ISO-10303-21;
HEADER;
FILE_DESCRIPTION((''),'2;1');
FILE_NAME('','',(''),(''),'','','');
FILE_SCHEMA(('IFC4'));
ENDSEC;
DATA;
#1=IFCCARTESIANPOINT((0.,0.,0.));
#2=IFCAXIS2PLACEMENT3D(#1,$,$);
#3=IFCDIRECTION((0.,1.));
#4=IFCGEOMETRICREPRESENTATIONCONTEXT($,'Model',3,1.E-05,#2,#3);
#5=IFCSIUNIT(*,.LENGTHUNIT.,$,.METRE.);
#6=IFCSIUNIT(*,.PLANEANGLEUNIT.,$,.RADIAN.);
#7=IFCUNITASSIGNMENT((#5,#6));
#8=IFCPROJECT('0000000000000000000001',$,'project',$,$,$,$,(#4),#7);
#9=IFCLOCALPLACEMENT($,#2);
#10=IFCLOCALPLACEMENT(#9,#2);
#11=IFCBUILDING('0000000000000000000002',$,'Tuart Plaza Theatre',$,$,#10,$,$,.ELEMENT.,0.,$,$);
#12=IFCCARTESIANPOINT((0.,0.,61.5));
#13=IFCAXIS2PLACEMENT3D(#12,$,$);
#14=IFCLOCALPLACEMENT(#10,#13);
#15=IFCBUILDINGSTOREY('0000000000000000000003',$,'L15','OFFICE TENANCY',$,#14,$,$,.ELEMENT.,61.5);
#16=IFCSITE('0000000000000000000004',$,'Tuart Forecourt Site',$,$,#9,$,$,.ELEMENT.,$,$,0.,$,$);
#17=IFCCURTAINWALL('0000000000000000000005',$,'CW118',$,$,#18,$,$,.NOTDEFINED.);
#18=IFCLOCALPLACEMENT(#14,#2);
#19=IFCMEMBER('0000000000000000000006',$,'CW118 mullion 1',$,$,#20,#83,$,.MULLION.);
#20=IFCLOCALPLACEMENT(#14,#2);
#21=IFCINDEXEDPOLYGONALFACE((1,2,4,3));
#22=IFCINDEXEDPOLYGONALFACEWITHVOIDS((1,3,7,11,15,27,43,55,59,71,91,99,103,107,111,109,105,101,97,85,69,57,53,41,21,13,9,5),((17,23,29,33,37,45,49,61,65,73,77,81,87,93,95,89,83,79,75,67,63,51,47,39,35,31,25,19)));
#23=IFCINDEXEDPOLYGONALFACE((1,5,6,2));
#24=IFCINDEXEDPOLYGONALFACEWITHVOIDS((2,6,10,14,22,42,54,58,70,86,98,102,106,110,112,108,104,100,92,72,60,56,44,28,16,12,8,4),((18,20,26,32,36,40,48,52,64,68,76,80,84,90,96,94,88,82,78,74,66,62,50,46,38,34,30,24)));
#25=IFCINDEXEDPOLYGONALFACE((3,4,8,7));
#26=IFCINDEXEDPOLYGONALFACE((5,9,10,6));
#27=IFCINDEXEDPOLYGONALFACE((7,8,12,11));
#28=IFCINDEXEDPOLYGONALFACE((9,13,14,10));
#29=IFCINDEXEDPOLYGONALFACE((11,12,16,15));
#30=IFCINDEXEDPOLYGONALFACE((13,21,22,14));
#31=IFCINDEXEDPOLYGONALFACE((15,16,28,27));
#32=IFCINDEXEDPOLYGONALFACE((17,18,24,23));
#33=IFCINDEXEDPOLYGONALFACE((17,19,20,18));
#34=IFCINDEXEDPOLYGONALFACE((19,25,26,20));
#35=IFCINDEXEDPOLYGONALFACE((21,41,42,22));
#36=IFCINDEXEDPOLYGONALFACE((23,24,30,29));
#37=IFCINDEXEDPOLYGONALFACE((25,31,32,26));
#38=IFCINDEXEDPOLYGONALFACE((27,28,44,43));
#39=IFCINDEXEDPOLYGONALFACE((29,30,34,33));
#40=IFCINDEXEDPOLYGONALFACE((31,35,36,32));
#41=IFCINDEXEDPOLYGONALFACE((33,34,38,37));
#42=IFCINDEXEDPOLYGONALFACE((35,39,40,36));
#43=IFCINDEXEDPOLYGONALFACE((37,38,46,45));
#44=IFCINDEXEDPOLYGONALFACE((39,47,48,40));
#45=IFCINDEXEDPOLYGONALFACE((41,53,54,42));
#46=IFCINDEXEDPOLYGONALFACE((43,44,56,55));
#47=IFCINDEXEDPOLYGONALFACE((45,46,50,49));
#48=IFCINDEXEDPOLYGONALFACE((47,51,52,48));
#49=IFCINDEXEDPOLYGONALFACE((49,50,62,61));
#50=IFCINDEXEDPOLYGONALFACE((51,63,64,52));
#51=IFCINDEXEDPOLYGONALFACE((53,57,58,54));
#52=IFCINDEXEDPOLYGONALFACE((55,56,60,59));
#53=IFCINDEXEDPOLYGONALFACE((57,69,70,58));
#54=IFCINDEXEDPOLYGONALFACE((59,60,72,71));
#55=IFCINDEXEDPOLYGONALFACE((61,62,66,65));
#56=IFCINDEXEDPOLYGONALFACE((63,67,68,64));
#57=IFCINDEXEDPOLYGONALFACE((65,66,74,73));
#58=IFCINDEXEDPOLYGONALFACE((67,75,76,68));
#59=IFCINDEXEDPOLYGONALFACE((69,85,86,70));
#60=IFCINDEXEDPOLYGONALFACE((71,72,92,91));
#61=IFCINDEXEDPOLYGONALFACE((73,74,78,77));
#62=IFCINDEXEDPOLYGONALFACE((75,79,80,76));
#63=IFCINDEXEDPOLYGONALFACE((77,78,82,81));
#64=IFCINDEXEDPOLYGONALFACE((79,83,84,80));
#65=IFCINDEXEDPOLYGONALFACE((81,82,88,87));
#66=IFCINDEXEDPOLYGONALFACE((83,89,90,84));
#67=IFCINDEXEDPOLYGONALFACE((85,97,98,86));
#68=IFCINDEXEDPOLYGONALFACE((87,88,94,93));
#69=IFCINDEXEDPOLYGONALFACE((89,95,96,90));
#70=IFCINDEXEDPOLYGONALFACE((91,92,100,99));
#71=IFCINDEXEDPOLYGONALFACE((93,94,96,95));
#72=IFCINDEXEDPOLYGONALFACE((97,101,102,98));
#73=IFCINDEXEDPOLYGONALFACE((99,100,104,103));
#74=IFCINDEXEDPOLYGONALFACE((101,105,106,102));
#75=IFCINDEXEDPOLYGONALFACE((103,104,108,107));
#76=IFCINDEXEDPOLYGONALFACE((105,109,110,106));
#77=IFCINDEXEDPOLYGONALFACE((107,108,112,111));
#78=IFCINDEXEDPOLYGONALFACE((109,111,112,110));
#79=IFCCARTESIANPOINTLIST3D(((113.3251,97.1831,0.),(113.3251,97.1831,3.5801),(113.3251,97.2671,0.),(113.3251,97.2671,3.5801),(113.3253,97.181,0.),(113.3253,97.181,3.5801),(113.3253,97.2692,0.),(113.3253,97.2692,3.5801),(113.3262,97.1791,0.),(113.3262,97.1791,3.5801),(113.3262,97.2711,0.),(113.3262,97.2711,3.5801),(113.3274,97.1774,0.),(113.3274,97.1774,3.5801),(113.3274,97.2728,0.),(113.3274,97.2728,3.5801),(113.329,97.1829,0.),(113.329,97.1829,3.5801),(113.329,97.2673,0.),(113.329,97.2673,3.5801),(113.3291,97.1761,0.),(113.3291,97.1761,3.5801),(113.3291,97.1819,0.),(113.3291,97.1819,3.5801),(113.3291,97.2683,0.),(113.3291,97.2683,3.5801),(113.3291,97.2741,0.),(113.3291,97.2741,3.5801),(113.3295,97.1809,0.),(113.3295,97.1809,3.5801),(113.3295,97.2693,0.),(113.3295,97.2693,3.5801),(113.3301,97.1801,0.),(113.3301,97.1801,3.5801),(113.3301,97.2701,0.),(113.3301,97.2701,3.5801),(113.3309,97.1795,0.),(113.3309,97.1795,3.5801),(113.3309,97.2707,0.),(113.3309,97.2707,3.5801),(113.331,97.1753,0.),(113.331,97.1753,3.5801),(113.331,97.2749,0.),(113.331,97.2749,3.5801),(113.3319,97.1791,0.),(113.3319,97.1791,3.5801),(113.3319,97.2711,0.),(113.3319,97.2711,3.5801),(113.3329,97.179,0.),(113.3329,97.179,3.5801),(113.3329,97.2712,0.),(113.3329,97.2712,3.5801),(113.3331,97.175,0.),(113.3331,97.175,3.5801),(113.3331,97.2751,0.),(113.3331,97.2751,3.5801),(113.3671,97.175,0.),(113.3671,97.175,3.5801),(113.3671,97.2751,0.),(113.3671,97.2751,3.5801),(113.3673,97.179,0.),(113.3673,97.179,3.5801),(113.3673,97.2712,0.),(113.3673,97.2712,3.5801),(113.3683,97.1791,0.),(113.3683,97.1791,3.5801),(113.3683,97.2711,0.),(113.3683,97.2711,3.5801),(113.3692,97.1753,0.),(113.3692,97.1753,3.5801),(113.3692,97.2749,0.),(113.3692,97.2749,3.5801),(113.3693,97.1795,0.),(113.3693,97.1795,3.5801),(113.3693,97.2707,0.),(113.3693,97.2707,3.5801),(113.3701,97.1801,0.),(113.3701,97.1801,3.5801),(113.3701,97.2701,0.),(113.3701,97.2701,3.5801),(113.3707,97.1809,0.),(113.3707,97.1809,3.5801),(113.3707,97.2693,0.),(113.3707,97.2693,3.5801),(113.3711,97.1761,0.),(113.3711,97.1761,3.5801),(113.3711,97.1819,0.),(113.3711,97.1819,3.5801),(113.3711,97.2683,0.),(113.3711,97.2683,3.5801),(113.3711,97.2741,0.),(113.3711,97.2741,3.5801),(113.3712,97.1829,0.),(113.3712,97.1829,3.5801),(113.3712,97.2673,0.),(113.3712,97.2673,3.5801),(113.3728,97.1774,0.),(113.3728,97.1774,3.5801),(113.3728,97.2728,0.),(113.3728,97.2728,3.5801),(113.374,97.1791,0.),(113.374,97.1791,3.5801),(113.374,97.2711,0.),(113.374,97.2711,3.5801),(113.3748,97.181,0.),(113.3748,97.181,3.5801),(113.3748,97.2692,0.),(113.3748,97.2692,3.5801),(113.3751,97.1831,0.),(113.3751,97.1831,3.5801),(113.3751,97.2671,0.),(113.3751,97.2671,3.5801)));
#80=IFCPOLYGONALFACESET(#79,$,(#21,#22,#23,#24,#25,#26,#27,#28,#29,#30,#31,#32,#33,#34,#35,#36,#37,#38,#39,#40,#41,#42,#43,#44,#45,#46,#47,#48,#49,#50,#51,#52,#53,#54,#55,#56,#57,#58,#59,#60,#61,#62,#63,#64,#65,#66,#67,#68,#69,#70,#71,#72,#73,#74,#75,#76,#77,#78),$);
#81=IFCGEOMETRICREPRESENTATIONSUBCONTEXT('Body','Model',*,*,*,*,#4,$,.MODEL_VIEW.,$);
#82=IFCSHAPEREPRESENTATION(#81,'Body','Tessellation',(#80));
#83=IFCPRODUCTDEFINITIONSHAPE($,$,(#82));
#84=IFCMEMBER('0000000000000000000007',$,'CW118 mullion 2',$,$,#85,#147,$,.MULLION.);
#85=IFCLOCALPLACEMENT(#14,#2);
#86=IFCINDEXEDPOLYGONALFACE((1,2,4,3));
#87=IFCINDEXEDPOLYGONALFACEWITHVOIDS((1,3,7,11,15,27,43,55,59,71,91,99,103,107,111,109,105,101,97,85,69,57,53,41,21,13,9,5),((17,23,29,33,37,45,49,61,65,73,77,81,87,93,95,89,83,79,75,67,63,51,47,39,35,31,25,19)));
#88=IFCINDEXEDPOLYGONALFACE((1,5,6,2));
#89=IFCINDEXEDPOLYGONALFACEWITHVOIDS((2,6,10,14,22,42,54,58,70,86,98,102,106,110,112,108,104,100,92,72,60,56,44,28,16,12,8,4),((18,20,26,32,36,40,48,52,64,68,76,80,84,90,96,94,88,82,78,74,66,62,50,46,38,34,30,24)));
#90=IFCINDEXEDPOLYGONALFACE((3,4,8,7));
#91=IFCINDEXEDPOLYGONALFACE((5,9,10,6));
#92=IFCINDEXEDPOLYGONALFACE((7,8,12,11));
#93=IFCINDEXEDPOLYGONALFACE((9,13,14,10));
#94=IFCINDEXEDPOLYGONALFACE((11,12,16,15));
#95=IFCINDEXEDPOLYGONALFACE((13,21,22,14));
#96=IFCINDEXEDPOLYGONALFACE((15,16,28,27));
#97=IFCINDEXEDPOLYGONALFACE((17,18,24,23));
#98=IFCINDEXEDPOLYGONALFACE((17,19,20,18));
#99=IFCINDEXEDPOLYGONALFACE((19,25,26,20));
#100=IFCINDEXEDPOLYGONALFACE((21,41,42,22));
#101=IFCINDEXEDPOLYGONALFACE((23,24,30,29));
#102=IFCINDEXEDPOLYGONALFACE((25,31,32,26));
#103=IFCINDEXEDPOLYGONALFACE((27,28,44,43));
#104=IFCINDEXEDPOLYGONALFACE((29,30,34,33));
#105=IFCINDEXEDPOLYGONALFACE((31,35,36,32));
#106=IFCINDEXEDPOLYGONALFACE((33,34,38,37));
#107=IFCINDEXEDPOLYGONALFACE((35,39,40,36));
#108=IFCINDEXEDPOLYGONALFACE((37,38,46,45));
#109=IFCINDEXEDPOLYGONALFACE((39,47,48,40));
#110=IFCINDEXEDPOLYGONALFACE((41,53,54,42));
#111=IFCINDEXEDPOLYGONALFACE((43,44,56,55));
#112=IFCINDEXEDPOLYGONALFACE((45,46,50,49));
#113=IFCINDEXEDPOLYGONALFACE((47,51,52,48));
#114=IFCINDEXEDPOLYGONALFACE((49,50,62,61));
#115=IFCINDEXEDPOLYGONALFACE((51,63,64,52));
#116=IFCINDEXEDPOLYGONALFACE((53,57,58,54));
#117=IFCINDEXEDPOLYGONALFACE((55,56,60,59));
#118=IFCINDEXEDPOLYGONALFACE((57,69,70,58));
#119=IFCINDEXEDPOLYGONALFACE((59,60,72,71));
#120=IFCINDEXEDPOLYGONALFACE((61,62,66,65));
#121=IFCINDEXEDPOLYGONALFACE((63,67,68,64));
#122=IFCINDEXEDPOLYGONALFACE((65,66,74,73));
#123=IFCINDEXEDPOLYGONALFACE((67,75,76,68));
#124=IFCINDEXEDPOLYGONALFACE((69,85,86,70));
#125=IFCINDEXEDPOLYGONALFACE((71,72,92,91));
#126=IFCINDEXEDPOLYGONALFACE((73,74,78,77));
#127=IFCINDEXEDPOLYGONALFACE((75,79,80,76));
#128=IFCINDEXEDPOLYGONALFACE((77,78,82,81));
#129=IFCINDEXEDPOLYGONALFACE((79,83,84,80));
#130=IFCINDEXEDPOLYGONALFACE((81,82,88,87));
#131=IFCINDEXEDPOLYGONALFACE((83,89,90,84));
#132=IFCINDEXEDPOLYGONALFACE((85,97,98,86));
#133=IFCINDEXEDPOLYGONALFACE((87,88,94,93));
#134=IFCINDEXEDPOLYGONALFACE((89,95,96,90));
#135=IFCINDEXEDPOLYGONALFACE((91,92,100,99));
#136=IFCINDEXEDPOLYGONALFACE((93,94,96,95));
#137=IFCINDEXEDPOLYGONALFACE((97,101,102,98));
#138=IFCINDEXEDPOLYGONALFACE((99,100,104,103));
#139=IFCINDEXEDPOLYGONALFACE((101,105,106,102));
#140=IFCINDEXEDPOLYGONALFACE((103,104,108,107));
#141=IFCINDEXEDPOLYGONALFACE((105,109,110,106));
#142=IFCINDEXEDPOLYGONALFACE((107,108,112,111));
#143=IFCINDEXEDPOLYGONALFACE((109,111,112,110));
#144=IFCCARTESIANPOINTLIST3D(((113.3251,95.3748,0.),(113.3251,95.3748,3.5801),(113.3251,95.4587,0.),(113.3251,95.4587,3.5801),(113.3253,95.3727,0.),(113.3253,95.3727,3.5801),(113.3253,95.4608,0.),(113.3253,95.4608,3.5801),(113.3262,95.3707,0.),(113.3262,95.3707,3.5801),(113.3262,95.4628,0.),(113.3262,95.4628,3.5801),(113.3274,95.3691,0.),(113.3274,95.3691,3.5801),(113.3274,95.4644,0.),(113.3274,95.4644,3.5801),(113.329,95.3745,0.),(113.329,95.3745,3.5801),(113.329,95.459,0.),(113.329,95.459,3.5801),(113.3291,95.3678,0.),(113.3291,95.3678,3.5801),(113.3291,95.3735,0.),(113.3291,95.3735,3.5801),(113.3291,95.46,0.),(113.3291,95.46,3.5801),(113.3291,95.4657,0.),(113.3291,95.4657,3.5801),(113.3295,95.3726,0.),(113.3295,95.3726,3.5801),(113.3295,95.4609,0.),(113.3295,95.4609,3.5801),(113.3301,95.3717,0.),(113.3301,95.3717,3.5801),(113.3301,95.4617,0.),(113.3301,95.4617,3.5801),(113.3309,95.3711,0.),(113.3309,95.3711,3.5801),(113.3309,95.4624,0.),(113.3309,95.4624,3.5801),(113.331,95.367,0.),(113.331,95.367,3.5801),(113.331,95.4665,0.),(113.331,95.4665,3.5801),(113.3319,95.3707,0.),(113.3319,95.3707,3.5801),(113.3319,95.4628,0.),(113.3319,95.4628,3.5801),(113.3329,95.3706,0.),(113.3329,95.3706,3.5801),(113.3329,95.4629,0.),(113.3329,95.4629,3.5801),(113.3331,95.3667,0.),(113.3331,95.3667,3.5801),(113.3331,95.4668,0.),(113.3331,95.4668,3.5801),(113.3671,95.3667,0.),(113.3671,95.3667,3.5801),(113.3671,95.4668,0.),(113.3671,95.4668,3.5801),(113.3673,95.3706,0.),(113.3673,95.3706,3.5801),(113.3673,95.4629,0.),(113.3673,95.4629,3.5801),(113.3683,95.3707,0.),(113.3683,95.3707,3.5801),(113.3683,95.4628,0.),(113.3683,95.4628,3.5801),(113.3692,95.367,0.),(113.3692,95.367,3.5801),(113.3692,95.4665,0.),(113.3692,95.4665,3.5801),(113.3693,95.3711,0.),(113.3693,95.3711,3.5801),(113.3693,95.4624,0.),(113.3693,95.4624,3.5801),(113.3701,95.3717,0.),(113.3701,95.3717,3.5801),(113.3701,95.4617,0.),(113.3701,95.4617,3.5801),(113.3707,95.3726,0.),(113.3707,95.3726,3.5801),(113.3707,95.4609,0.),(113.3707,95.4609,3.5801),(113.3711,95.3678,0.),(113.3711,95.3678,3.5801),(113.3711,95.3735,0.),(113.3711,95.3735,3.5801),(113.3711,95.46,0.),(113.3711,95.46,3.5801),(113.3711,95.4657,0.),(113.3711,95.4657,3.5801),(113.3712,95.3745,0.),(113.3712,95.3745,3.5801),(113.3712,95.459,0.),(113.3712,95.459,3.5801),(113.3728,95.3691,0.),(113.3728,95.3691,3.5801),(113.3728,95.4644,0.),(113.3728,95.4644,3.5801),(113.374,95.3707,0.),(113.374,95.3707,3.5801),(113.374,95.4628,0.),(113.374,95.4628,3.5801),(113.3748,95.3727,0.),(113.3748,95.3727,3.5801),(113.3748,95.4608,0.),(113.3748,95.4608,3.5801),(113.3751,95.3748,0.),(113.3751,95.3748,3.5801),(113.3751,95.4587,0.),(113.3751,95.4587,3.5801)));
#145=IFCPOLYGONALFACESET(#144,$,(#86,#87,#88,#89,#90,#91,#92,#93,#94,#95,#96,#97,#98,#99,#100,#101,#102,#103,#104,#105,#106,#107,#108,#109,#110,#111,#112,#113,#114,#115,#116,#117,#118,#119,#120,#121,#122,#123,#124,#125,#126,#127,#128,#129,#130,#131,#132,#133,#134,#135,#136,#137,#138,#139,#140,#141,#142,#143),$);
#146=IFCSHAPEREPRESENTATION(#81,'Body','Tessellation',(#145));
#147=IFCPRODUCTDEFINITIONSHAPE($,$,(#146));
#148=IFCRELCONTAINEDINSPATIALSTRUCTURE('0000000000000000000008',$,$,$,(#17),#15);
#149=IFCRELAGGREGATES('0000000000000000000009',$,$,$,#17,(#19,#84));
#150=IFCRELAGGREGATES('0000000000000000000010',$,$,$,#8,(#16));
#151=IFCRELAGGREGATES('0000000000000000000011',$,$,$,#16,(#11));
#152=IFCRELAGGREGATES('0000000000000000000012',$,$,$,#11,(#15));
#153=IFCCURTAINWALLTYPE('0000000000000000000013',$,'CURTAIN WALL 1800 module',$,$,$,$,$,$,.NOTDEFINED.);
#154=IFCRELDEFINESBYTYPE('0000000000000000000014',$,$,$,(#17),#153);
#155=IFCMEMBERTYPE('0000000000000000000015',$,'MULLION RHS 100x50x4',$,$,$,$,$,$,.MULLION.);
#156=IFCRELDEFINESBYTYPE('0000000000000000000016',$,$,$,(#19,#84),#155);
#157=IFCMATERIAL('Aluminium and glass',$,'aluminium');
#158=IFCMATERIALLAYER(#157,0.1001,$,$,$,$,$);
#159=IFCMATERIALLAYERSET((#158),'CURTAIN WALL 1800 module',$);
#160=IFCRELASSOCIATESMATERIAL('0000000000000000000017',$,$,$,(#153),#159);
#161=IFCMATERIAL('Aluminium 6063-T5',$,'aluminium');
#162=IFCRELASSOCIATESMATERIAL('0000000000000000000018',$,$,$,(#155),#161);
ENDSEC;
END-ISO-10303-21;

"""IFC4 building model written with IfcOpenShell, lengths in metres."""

from ifc_helpers import new_model, si_unit, direction, frame, origin, origin_2d, place, context, subcontext, project, spatial, hollow_rectangle, extrude, material, layer, layer_set, material_profile, profile_set, type_object, element, aggregate, save


model = new_model("IFC4")

# Units and contexts
model_context = context("Model", 3, precision=1e-05, world=origin(), true_north=direction((0.0, 1.0)))
body_context = subcontext(model_context, "Body", "Model", "MODEL_VIEW")
ifc_project = project(units=[si_unit("LENGTHUNIT", "METRE"), si_unit("PLANEANGLEUNIT", "RADIAN")], contexts=[model_context])

# Site, building, storey
site_placement = place(None, origin())
site = spatial("IfcSite", under=ifc_project, at=site_placement, Name="Tuart Forecourt Site", CompositionType="ELEMENT", RefElevation=0.0)
building_placement = place(site_placement, origin())
building = spatial("IfcBuilding", under=site, at=building_placement, Name="Tuart Plaza Theatre", CompositionType="ELEMENT", ElevationOfRefHeight=0.0)
storey_placement = place(building_placement, frame((0.0, 0.0, 61.5)))
storey = spatial("IfcBuildingStorey", under=building, at=storey_placement, Name="L15", Description="OFFICE TENANCY", CompositionType="ELEMENT", Elevation=61.5)

# Curtain wall, members
ifc_material_1 = material(Name="Aluminium and glass", Category="aluminium")
ifc_layer_1 = layer(ifc_material_1, 0.1001)
ifc_layer_set_1 = layer_set([ifc_layer_1], Name="CURTAIN WALL 1800 module")
curtain_wall_type = type_object("IfcCurtainWallType", Name="CURTAIN WALL 1800 module", PredefinedType="NOTDEFINED", material=ifc_layer_set_1)
curtain_wall_placement = place(storey_placement, origin())
curtain_wall = element("IfcCurtainWall", 1, at=curtain_wall_placement, inside=storey, type_object=curtain_wall_type, Name="CW118", PredefinedType="NOTDEFINED")
ifc_material_2 = material(Name="Aluminium 6063-T5", Category="aluminium")
ifc_material_profile = material_profile(ifc_material_2, hollow_rectangle(XDim=0.05, YDim=0.1001, WallThickness=0.0039, InnerFilletRadius=0.0039, OuterFilletRadius=0.0081, at=origin_2d()), Name="RHS 100x50x4")
ifc_profile_set = profile_set([ifc_material_profile], Name="Aluminium 6063-T5")
member_type = type_object("IfcMemberType", Name="MULLION RHS 100x50x4", PredefinedType="MULLION", material=ifc_profile_set)
member_1_placement = place(storey_placement, frame((113.3501, 97.2251, 0.0), z_axis=(0.0, 0.0, 1.0), x_axis=(1.0, 0.0, 0.0)))
member_1 = element("IfcMember", 2, at=member_1_placement, type_object=member_type, Name="CW118 mullion 1", PredefinedType="MULLION", context=body_context, shape_type="SweptSolid", body=[
    extrude(hollow_rectangle(XDim=0.05, YDim=0.1001, WallThickness=0.0039, InnerFilletRadius=0.0039, OuterFilletRadius=0.0081, at=origin_2d()), origin(), (0.0, 0.0, 1.0), 3.5801),
])
member_2_placement = place(storey_placement, frame((113.3501, 95.4167, 0.0), z_axis=(0.0, 0.0, 1.0), x_axis=(1.0, 0.0, 0.0)))
member_2 = element("IfcMember", 3, at=member_2_placement, type_object=member_type, Name="CW118 mullion 2", PredefinedType="MULLION", context=body_context, shape_type="SweptSolid", body=[
    extrude(hollow_rectangle(XDim=0.05, YDim=0.1001, WallThickness=0.0039, InnerFilletRadius=0.0039, OuterFilletRadius=0.0081, at=origin_2d()), origin(), (0.0, 0.0, 1.0), 3.5801),
])
aggregate(curtain_wall, [member_1, member_2])

save(model, "model.ifc")
